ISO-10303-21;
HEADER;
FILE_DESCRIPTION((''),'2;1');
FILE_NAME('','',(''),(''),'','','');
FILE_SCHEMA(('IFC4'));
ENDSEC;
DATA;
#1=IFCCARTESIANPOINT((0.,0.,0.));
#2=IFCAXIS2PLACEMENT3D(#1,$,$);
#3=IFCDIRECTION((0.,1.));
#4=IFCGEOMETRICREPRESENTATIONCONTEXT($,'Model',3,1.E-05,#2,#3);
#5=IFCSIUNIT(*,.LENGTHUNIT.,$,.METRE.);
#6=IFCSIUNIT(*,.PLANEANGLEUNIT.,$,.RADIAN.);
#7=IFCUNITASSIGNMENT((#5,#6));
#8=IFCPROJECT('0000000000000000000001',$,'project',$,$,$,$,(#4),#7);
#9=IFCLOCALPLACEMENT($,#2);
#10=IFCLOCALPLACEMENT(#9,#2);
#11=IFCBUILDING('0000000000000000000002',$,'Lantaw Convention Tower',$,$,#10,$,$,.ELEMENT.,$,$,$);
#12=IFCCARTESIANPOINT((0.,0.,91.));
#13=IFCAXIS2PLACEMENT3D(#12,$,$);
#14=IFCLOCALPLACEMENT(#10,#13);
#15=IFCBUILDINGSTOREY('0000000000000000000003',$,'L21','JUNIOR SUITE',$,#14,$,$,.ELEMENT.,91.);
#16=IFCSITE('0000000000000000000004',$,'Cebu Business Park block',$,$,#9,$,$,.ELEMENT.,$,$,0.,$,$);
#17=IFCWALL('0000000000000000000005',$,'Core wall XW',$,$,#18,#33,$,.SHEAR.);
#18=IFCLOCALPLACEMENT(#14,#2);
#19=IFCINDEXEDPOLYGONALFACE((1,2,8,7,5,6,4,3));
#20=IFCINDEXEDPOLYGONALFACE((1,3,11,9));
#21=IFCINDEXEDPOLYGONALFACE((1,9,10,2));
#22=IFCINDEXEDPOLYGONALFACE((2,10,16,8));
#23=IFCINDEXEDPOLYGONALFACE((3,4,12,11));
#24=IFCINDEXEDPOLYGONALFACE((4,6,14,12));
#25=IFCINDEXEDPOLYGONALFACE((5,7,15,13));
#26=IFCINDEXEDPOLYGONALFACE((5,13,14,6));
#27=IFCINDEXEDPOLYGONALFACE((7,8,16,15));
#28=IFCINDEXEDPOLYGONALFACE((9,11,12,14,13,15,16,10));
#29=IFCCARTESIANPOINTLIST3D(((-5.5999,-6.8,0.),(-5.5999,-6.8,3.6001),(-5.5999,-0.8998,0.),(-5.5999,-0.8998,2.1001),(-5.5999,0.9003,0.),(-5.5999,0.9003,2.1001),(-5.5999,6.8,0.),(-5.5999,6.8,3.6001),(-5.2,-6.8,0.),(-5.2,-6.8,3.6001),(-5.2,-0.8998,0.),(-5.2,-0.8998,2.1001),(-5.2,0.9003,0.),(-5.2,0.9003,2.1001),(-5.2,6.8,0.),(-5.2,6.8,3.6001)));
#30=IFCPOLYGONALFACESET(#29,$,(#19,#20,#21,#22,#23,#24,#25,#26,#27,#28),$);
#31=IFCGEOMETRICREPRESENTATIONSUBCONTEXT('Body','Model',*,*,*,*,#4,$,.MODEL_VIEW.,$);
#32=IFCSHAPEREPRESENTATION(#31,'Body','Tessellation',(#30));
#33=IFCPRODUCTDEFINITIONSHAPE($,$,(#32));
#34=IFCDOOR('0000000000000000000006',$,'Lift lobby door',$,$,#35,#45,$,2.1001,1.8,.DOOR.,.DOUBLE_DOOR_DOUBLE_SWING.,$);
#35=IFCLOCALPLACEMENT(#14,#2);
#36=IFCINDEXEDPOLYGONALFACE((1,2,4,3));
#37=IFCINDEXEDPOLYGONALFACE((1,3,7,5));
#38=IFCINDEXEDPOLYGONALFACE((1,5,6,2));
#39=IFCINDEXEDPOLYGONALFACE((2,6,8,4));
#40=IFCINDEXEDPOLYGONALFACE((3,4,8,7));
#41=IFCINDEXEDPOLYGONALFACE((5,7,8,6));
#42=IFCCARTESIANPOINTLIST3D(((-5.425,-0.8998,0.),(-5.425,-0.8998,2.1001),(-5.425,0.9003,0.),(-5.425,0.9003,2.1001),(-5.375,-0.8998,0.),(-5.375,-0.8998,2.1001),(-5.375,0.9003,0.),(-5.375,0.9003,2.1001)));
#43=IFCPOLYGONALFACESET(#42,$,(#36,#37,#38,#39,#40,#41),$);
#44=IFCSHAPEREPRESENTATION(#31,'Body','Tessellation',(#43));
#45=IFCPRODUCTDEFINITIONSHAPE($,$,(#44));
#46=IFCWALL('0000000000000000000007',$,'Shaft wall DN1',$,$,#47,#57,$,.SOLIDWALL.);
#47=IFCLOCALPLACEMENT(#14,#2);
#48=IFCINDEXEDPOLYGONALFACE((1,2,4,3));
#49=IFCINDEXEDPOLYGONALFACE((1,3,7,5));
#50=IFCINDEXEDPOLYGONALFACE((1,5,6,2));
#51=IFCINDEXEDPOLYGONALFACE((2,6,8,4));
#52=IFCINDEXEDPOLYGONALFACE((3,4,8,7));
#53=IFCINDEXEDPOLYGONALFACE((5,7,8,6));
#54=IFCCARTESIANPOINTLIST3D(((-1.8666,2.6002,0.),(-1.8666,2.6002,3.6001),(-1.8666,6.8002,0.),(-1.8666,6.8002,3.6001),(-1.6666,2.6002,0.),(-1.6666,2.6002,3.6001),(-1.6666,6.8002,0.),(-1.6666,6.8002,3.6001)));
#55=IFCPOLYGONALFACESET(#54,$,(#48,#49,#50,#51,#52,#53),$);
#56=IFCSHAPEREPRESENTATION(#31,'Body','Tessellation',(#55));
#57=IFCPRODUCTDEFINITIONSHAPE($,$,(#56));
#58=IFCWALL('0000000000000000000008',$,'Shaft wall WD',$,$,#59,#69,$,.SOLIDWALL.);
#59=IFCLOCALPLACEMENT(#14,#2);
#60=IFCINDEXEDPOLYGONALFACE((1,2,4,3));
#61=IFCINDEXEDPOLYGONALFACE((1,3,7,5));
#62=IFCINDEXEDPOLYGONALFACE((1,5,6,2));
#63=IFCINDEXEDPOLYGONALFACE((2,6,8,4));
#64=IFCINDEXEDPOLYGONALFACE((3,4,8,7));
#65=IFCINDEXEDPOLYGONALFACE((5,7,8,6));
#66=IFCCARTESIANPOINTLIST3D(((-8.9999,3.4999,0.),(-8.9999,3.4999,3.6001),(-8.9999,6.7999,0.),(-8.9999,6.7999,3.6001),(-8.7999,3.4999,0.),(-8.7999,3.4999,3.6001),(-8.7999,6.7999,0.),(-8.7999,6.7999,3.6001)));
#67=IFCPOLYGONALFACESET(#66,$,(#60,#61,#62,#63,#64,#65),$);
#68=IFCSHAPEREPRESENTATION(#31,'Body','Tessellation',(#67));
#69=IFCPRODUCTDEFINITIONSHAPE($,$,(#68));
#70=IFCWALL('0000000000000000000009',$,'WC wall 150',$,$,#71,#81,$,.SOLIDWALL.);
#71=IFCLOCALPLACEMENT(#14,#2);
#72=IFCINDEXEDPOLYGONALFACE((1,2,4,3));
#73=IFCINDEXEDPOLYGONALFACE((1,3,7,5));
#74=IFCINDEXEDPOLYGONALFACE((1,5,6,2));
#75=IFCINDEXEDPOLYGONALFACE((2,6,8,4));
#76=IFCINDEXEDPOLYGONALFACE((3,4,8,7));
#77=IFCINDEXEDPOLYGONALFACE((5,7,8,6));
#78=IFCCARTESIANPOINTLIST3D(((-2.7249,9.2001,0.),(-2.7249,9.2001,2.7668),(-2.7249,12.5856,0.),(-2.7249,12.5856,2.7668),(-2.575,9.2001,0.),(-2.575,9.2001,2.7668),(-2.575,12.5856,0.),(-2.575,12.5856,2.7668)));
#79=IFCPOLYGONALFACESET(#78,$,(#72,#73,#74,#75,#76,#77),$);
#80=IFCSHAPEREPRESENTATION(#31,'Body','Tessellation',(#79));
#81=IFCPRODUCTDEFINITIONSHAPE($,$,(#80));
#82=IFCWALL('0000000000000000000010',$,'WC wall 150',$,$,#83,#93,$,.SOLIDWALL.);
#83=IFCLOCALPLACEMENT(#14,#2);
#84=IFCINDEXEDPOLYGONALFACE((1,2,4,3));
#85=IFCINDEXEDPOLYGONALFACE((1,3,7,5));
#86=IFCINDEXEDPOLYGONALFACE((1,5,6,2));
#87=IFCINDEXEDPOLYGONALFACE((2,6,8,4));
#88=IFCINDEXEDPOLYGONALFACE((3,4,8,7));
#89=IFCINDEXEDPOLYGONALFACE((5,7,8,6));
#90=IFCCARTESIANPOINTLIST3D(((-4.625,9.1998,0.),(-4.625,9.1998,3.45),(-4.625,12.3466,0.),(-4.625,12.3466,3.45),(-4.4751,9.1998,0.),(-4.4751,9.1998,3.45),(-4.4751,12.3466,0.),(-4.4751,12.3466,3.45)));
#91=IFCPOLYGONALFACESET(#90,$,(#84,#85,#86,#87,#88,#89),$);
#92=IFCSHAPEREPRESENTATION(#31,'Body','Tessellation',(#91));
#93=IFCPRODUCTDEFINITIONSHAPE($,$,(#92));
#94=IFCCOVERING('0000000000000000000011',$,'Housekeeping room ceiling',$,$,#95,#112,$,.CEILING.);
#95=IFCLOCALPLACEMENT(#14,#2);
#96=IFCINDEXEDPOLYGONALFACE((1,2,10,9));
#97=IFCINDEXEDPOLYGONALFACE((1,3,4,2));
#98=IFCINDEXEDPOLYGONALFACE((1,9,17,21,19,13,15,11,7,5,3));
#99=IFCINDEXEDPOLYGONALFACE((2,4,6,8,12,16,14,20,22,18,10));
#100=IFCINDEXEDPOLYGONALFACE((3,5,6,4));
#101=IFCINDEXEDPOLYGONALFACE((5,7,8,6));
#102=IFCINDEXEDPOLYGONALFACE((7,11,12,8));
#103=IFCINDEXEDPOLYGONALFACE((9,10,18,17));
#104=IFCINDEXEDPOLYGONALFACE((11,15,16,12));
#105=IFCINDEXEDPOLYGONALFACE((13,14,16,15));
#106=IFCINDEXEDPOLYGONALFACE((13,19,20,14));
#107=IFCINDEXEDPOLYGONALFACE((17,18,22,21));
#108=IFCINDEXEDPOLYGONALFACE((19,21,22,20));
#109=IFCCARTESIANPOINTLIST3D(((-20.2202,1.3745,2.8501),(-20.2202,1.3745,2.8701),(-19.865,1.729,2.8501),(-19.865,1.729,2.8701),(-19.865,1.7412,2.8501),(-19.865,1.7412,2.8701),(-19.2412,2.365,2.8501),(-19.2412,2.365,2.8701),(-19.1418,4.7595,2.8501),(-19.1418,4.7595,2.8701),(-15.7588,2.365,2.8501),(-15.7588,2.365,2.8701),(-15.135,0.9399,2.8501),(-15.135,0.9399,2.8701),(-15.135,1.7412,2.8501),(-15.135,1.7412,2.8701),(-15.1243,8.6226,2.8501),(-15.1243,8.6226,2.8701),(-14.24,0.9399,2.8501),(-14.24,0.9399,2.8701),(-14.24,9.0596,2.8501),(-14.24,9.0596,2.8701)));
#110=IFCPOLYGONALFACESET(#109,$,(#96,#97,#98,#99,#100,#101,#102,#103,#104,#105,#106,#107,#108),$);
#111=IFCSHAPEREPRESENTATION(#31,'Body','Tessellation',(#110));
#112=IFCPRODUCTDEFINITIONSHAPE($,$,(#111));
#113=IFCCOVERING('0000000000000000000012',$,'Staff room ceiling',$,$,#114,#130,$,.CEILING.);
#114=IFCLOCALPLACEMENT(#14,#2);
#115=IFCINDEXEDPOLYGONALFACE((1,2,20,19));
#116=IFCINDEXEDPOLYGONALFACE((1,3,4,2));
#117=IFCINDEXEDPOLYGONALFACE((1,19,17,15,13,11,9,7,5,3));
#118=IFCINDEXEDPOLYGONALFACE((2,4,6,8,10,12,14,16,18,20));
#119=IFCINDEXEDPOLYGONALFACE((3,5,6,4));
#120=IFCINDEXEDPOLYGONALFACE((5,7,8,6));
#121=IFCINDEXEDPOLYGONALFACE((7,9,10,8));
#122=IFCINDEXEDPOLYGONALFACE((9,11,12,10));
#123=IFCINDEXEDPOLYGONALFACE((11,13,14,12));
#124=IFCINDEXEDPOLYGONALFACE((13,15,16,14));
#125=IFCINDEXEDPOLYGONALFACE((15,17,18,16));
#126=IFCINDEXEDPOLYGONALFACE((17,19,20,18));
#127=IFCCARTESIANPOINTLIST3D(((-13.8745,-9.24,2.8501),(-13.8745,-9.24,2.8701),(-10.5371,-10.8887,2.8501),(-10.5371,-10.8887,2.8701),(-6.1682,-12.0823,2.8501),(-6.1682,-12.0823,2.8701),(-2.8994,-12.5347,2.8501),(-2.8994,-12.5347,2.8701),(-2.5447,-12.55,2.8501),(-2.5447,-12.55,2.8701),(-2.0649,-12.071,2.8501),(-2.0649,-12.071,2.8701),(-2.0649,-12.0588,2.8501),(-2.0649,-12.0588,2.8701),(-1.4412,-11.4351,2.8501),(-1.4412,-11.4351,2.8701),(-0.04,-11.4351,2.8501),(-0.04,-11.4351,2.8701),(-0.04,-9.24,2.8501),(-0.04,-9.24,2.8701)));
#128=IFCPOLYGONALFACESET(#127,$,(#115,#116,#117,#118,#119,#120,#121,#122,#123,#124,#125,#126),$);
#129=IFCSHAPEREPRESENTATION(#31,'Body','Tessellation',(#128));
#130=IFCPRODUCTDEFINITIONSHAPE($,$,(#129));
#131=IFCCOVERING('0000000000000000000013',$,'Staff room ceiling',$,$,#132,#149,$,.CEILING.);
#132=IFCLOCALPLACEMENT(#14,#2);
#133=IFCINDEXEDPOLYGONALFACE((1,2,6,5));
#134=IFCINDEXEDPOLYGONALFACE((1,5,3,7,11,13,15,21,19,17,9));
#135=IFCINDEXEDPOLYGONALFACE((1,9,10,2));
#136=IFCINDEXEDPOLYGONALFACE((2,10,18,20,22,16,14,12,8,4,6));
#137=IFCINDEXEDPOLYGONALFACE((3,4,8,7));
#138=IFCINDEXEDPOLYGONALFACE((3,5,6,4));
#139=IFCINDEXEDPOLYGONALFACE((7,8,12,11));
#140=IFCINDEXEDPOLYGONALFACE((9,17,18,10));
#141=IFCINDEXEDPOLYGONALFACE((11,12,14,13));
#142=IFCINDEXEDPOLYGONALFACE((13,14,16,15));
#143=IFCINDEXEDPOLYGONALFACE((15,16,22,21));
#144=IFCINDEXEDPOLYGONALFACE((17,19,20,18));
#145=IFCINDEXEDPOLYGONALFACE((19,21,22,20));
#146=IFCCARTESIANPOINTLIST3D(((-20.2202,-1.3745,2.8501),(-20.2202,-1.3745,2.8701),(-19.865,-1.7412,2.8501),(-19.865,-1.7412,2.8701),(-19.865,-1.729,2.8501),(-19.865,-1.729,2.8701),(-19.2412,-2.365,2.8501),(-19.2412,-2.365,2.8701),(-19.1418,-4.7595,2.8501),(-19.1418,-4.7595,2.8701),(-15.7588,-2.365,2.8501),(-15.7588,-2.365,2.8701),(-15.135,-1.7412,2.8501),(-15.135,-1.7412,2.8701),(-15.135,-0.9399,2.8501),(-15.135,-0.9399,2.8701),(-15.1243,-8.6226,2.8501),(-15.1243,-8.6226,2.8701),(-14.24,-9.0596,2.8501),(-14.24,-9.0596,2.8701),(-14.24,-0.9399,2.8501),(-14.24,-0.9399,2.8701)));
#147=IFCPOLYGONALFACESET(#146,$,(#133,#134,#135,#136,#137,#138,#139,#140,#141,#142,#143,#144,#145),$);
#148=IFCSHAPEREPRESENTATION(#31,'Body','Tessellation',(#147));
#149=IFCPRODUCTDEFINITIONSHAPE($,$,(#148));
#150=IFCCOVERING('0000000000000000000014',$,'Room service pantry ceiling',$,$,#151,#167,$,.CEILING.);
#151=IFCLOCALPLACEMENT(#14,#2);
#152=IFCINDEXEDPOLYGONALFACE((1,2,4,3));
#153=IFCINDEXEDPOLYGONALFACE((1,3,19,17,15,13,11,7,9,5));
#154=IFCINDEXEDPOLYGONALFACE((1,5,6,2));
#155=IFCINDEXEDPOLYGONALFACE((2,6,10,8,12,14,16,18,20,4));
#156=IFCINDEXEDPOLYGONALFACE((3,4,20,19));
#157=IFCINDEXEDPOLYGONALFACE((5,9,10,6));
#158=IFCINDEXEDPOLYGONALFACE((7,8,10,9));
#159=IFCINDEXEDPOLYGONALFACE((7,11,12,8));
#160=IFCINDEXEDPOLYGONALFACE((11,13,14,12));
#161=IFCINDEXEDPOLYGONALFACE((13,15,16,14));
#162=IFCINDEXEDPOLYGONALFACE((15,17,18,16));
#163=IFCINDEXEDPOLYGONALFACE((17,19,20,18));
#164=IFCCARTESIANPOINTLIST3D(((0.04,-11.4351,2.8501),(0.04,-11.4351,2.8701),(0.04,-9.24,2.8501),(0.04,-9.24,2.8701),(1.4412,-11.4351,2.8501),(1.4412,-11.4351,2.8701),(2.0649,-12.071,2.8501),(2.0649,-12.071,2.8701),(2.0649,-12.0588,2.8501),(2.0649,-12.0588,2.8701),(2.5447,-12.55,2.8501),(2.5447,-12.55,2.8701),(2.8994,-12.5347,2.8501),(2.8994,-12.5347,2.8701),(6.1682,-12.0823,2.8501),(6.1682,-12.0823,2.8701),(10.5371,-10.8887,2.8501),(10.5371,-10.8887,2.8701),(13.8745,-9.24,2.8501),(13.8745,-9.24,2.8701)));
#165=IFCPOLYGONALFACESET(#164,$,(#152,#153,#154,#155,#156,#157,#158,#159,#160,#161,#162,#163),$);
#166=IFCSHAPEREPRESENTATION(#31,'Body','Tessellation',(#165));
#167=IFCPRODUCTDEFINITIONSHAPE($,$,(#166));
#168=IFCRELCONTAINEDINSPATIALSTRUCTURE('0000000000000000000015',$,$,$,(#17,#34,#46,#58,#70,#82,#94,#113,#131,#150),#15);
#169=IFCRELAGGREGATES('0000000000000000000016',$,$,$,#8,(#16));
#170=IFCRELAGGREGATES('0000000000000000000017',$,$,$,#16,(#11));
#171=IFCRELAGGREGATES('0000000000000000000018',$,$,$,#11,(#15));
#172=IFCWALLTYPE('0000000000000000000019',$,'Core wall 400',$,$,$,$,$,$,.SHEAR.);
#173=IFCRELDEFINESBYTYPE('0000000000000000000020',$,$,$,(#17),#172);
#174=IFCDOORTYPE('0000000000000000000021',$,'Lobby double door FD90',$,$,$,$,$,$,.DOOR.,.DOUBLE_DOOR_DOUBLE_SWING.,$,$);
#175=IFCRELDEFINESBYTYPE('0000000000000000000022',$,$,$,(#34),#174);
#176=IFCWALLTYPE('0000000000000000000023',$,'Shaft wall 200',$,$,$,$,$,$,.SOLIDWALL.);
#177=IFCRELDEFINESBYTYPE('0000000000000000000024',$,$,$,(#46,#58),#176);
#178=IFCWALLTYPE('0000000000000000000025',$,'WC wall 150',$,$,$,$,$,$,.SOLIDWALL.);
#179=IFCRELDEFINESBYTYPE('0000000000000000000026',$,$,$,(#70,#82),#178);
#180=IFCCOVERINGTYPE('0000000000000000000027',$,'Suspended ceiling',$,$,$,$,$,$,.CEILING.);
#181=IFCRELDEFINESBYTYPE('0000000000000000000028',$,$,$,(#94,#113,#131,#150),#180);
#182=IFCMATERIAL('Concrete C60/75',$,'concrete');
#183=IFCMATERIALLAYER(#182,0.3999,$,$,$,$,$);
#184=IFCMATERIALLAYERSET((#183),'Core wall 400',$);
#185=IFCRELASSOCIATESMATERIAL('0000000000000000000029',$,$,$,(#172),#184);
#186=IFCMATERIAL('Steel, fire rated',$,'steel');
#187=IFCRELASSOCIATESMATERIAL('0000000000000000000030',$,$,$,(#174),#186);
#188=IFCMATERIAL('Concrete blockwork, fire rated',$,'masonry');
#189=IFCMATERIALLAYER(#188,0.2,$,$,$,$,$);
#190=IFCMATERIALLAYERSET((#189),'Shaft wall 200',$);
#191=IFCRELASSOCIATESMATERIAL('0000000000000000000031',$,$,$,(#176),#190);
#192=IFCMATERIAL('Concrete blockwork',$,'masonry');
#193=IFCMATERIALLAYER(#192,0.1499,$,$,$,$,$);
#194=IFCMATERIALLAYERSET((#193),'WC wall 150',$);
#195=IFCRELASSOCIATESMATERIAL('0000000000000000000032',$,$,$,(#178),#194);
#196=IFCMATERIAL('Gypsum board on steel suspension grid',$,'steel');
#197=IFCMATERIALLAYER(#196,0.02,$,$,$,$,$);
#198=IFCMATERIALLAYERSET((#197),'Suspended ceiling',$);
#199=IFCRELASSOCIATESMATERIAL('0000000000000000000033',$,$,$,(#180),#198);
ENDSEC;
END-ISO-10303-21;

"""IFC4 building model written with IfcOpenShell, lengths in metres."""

from ifc_helpers import new_model, si_unit, direction, frame, frame_2d, origin, place, context, subcontext, project, spatial, polyline, rectangle, outline, extrude, material, layer, layer_set, type_object, element, fill, save


model = new_model("IFC4")

# Units and contexts
model_context = context("Model", 3, precision=1e-05, world=origin(), true_north=direction((0.0, 1.0)))
body_context = subcontext(model_context, "Body", "Model", "MODEL_VIEW")
ifc_project = project(units=[si_unit("LENGTHUNIT", "METRE"), si_unit("PLANEANGLEUNIT", "RADIAN")], contexts=[model_context])

# Site, building, storey
site_placement = place(None, origin())
site = spatial("IfcSite", under=ifc_project, at=site_placement, Name="Cebu Business Park block", CompositionType="ELEMENT", RefElevation=0.0)
building_placement = place(site_placement, origin())
building = spatial("IfcBuilding", under=site, at=building_placement, Name="Lantaw Convention Tower", CompositionType="ELEMENT")
storey_placement = place(building_placement, frame((0.0, 0.0, 91.0)))
storey = spatial("IfcBuildingStorey", under=building, at=storey_placement, Name="L21", Description="JUNIOR SUITE", CompositionType="ELEMENT", Elevation=91.0)

# Wall, opening, door
ifc_material_1 = material(Name="Concrete C60/75", Category="concrete")
ifc_layer_1 = layer(ifc_material_1, 0.3999)
ifc_layer_set_1 = layer_set([ifc_layer_1], Name="Core wall 400")
wall_type_1 = type_object("IfcWallType", Name="Core wall 400", PredefinedType="SHEAR", material=ifc_layer_set_1)
wall_1_placement = place(storey_placement, frame((-5.3999, 6.8, 0.0), z_axis=(0.0, 0.0, 1.0), x_axis=(0.0, -1.0, 0.0)))
wall_1 = element("IfcWall", 1, at=wall_1_placement, inside=storey, type_object=wall_type_1, Name="Core wall XW", PredefinedType="SHEAR", context=body_context, shape_type="SweptSolid", body=[
    extrude(rectangle(XDim=13.6001, YDim=0.3999, at=frame_2d((6.8, 0.0))), origin(), (0.0, 0.0, 1.0), 3.6001),
])
opening_placement = place(wall_1_placement, frame((5.8999, 0.0, 0.0)))
opening = element("IfcOpeningElement", 2, at=opening_placement, cuts=wall_1, PredefinedType="OPENING", context=body_context, shape_type="SweptSolid", body=[
    extrude(rectangle(XDim=1.8, YDim=2.1001, at=frame_2d((0.8999, 1.05))), frame((0.0, 0.21, 0.0), z_axis=(0.0, -1.0, 0.0), x_axis=(1.0, 0.0, 0.0)), (0.0, 0.0, 1.0), 0.4199),
])
ifc_material_2 = material(Name="Steel, fire rated", Category="steel")
door_type = type_object("IfcDoorType", Name="Lobby double door FD90", OperationType="DOUBLE_DOOR_DOUBLE_SWING", PredefinedType="DOOR", material=ifc_material_2)
door_placement = place(opening_placement, origin())
door = element("IfcDoor", 3, at=door_placement, inside=storey, type_object=door_type, Name="Lift lobby door", OperationType="DOUBLE_DOOR_DOUBLE_SWING", OverallHeight=2.1001, OverallWidth=1.8, PredefinedType="DOOR", context=body_context, shape_type="SweptSolid", body=[
    extrude(rectangle(XDim=1.8, YDim=2.1001, at=frame_2d((0.8999, 1.05))), frame((0.0, 0.0249, 0.0), z_axis=(0.0, -1.0, 0.0), x_axis=(1.0, 0.0, 0.0)), (0.0, 0.0, 1.0), 0.05),
])
fill(opening, door)

# Walls
ifc_material_3 = material(Name="Concrete blockwork, fire rated", Category="masonry")
ifc_layer_2 = layer(ifc_material_3, 0.2)
ifc_layer_set_2 = layer_set([ifc_layer_2], Name="Shaft wall 200")
wall_type_2 = type_object("IfcWallType", Name="Shaft wall 200", PredefinedType="SOLIDWALL", material=ifc_layer_set_2)
wall_2_placement = place(storey_placement, frame((-1.7666, 2.6001, 0.0), z_axis=(0.0, 0.0, 1.0), x_axis=(0.0, 1.0, 0.0)))
element("IfcWall", 4, at=wall_2_placement, inside=storey, type_object=wall_type_2, Name="Shaft wall DN1", PredefinedType="SOLIDWALL", context=body_context, shape_type="SweptSolid", body=[
    extrude(rectangle(XDim=4.2, YDim=0.2, at=frame_2d((2.1001, 0.0))), origin(), (0.0, 0.0, 1.0), 3.6001),
])
wall_3_placement = place(storey_placement, frame((-8.8999, 3.5, 0.0), z_axis=(0.0, 0.0, 1.0), x_axis=(0.0, 1.0, 0.0)))
element("IfcWall", 5, at=wall_3_placement, inside=storey, type_object=wall_type_2, Name="Shaft wall WD", PredefinedType="SOLIDWALL", context=body_context, shape_type="SweptSolid", body=[
    extrude(rectangle(XDim=3.3, YDim=0.2, at=frame_2d((1.6499, 0.0))), origin(), (0.0, 0.0, 1.0), 3.6001),
])
ifc_material_4 = material(Name="Concrete blockwork", Category="masonry")
ifc_layer_3 = layer(ifc_material_4, 0.1499)
ifc_layer_set_3 = layer_set([ifc_layer_3], Name="WC wall 150")
wall_type_3 = type_object("IfcWallType", Name="WC wall 150", PredefinedType="SOLIDWALL", material=ifc_layer_set_3)
wall_4_placement = place(storey_placement, frame((-2.6499, 9.2, 0.0), z_axis=(0.0, 0.0, 1.0), x_axis=(0.0, 1.0, 0.0)))
element("IfcWall", 6, at=wall_4_placement, inside=storey, type_object=wall_type_3, Name="WC wall 150", PredefinedType="SOLIDWALL", context=body_context, shape_type="SweptSolid", body=[
    extrude(rectangle(XDim=3.3855, YDim=0.1499, at=frame_2d((1.6929, 0.0))), origin(), (0.0, 0.0, 1.0), 2.7668),
])
wall_5_placement = place(storey_placement, frame((-4.55, 9.2, 0.0), z_axis=(0.0, 0.0, 1.0), x_axis=(0.0, 1.0, 0.0)))
element("IfcWall", 7, at=wall_5_placement, inside=storey, type_object=wall_type_3, Name="WC wall 150", PredefinedType="SOLIDWALL", context=body_context, shape_type="SweptSolid", body=[
    extrude(rectangle(XDim=3.1467, YDim=0.1499, at=frame_2d((1.5732, 0.0))), origin(), (0.0, 0.0, 1.0), 3.45),
])

# Coverings
ifc_material_5 = material(Name="Gypsum board on steel suspension grid", Category="steel")
ifc_layer_4 = layer(ifc_material_5, 0.02)
ifc_layer_set_4 = layer_set([ifc_layer_4], Name="Suspended ceiling")
covering_type = type_object("IfcCoveringType", Name="Suspended ceiling", PredefinedType="CEILING", material=ifc_layer_set_4)
covering_1_placement = place(storey_placement, frame((0.0, 0.0, 2.8501)))
element("IfcCovering", 8, at=covering_1_placement, inside=storey, type_object=covering_type, Name="Housekeeping room ceiling", PredefinedType="CEILING", context=body_context, shape_type="SweptSolid", body=[
    extrude(outline(polyline([(-19.865, 1.729), (-19.865, 1.7412), (-19.2412, 2.365), (-15.7588, 2.365), (-15.135, 1.7412), (-15.135, 0.9399), (-14.24, 0.9399), (-14.24, 9.0596), (-15.1243, 8.6226), (-19.1418, 4.7595), (-20.2202, 1.3745), (-19.865, 1.729)])), origin(), (0.0, 0.0, 1.0), 0.02),
])
covering_2_placement = place(storey_placement, frame((0.0, 0.0, 2.8501)))
element("IfcCovering", 9, at=covering_2_placement, inside=storey, type_object=covering_type, Name="Staff room ceiling", PredefinedType="CEILING", context=body_context, shape_type="SweptSolid", body=[
    extrude(outline(polyline([(-10.5371, -10.8887), (-6.1682, -12.0823), (-2.8994, -12.5347), (-2.5447, -12.55), (-2.0649, -12.071), (-2.0649, -12.0588), (-1.4412, -11.4351), (-0.04, -11.4351), (-0.04, -9.24), (-13.8745, -9.24), (-10.5371, -10.8887)])), origin(), (0.0, 0.0, 1.0), 0.02),
])
covering_3_placement = place(storey_placement, frame((0.0, 0.0, 2.8501)))
element("IfcCovering", 10, at=covering_3_placement, inside=storey, type_object=covering_type, Name="Staff room ceiling", PredefinedType="CEILING", context=body_context, shape_type="SweptSolid", body=[
    extrude(outline(polyline([(-19.865, -1.7412), (-19.865, -1.729), (-20.2202, -1.3745), (-19.1418, -4.7595), (-15.1243, -8.6226), (-14.24, -9.0596), (-14.24, -0.9399), (-15.135, -0.9399), (-15.135, -1.7412), (-15.7588, -2.365), (-19.2412, -2.365), (-19.865, -1.7412)])), origin(), (0.0, 0.0, 1.0), 0.02),
])
covering_4_placement = place(storey_placement, frame((0.0, 0.0, 2.8501)))
element("IfcCovering", 11, at=covering_4_placement, inside=storey, type_object=covering_type, Name="Room service pantry ceiling", PredefinedType="CEILING", context=body_context, shape_type="SweptSolid", body=[
    extrude(outline(polyline([(2.0649, -12.071), (2.5447, -12.55), (2.8994, -12.5347), (6.1682, -12.0823), (10.5371, -10.8887), (13.8745, -9.24), (0.04, -9.24), (0.04, -11.4351), (1.4412, -11.4351), (2.0649, -12.0588), (2.0649, -12.071)])), origin(), (0.0, 0.0, 1.0), 0.02),
])

save(model, "model.ifc")
